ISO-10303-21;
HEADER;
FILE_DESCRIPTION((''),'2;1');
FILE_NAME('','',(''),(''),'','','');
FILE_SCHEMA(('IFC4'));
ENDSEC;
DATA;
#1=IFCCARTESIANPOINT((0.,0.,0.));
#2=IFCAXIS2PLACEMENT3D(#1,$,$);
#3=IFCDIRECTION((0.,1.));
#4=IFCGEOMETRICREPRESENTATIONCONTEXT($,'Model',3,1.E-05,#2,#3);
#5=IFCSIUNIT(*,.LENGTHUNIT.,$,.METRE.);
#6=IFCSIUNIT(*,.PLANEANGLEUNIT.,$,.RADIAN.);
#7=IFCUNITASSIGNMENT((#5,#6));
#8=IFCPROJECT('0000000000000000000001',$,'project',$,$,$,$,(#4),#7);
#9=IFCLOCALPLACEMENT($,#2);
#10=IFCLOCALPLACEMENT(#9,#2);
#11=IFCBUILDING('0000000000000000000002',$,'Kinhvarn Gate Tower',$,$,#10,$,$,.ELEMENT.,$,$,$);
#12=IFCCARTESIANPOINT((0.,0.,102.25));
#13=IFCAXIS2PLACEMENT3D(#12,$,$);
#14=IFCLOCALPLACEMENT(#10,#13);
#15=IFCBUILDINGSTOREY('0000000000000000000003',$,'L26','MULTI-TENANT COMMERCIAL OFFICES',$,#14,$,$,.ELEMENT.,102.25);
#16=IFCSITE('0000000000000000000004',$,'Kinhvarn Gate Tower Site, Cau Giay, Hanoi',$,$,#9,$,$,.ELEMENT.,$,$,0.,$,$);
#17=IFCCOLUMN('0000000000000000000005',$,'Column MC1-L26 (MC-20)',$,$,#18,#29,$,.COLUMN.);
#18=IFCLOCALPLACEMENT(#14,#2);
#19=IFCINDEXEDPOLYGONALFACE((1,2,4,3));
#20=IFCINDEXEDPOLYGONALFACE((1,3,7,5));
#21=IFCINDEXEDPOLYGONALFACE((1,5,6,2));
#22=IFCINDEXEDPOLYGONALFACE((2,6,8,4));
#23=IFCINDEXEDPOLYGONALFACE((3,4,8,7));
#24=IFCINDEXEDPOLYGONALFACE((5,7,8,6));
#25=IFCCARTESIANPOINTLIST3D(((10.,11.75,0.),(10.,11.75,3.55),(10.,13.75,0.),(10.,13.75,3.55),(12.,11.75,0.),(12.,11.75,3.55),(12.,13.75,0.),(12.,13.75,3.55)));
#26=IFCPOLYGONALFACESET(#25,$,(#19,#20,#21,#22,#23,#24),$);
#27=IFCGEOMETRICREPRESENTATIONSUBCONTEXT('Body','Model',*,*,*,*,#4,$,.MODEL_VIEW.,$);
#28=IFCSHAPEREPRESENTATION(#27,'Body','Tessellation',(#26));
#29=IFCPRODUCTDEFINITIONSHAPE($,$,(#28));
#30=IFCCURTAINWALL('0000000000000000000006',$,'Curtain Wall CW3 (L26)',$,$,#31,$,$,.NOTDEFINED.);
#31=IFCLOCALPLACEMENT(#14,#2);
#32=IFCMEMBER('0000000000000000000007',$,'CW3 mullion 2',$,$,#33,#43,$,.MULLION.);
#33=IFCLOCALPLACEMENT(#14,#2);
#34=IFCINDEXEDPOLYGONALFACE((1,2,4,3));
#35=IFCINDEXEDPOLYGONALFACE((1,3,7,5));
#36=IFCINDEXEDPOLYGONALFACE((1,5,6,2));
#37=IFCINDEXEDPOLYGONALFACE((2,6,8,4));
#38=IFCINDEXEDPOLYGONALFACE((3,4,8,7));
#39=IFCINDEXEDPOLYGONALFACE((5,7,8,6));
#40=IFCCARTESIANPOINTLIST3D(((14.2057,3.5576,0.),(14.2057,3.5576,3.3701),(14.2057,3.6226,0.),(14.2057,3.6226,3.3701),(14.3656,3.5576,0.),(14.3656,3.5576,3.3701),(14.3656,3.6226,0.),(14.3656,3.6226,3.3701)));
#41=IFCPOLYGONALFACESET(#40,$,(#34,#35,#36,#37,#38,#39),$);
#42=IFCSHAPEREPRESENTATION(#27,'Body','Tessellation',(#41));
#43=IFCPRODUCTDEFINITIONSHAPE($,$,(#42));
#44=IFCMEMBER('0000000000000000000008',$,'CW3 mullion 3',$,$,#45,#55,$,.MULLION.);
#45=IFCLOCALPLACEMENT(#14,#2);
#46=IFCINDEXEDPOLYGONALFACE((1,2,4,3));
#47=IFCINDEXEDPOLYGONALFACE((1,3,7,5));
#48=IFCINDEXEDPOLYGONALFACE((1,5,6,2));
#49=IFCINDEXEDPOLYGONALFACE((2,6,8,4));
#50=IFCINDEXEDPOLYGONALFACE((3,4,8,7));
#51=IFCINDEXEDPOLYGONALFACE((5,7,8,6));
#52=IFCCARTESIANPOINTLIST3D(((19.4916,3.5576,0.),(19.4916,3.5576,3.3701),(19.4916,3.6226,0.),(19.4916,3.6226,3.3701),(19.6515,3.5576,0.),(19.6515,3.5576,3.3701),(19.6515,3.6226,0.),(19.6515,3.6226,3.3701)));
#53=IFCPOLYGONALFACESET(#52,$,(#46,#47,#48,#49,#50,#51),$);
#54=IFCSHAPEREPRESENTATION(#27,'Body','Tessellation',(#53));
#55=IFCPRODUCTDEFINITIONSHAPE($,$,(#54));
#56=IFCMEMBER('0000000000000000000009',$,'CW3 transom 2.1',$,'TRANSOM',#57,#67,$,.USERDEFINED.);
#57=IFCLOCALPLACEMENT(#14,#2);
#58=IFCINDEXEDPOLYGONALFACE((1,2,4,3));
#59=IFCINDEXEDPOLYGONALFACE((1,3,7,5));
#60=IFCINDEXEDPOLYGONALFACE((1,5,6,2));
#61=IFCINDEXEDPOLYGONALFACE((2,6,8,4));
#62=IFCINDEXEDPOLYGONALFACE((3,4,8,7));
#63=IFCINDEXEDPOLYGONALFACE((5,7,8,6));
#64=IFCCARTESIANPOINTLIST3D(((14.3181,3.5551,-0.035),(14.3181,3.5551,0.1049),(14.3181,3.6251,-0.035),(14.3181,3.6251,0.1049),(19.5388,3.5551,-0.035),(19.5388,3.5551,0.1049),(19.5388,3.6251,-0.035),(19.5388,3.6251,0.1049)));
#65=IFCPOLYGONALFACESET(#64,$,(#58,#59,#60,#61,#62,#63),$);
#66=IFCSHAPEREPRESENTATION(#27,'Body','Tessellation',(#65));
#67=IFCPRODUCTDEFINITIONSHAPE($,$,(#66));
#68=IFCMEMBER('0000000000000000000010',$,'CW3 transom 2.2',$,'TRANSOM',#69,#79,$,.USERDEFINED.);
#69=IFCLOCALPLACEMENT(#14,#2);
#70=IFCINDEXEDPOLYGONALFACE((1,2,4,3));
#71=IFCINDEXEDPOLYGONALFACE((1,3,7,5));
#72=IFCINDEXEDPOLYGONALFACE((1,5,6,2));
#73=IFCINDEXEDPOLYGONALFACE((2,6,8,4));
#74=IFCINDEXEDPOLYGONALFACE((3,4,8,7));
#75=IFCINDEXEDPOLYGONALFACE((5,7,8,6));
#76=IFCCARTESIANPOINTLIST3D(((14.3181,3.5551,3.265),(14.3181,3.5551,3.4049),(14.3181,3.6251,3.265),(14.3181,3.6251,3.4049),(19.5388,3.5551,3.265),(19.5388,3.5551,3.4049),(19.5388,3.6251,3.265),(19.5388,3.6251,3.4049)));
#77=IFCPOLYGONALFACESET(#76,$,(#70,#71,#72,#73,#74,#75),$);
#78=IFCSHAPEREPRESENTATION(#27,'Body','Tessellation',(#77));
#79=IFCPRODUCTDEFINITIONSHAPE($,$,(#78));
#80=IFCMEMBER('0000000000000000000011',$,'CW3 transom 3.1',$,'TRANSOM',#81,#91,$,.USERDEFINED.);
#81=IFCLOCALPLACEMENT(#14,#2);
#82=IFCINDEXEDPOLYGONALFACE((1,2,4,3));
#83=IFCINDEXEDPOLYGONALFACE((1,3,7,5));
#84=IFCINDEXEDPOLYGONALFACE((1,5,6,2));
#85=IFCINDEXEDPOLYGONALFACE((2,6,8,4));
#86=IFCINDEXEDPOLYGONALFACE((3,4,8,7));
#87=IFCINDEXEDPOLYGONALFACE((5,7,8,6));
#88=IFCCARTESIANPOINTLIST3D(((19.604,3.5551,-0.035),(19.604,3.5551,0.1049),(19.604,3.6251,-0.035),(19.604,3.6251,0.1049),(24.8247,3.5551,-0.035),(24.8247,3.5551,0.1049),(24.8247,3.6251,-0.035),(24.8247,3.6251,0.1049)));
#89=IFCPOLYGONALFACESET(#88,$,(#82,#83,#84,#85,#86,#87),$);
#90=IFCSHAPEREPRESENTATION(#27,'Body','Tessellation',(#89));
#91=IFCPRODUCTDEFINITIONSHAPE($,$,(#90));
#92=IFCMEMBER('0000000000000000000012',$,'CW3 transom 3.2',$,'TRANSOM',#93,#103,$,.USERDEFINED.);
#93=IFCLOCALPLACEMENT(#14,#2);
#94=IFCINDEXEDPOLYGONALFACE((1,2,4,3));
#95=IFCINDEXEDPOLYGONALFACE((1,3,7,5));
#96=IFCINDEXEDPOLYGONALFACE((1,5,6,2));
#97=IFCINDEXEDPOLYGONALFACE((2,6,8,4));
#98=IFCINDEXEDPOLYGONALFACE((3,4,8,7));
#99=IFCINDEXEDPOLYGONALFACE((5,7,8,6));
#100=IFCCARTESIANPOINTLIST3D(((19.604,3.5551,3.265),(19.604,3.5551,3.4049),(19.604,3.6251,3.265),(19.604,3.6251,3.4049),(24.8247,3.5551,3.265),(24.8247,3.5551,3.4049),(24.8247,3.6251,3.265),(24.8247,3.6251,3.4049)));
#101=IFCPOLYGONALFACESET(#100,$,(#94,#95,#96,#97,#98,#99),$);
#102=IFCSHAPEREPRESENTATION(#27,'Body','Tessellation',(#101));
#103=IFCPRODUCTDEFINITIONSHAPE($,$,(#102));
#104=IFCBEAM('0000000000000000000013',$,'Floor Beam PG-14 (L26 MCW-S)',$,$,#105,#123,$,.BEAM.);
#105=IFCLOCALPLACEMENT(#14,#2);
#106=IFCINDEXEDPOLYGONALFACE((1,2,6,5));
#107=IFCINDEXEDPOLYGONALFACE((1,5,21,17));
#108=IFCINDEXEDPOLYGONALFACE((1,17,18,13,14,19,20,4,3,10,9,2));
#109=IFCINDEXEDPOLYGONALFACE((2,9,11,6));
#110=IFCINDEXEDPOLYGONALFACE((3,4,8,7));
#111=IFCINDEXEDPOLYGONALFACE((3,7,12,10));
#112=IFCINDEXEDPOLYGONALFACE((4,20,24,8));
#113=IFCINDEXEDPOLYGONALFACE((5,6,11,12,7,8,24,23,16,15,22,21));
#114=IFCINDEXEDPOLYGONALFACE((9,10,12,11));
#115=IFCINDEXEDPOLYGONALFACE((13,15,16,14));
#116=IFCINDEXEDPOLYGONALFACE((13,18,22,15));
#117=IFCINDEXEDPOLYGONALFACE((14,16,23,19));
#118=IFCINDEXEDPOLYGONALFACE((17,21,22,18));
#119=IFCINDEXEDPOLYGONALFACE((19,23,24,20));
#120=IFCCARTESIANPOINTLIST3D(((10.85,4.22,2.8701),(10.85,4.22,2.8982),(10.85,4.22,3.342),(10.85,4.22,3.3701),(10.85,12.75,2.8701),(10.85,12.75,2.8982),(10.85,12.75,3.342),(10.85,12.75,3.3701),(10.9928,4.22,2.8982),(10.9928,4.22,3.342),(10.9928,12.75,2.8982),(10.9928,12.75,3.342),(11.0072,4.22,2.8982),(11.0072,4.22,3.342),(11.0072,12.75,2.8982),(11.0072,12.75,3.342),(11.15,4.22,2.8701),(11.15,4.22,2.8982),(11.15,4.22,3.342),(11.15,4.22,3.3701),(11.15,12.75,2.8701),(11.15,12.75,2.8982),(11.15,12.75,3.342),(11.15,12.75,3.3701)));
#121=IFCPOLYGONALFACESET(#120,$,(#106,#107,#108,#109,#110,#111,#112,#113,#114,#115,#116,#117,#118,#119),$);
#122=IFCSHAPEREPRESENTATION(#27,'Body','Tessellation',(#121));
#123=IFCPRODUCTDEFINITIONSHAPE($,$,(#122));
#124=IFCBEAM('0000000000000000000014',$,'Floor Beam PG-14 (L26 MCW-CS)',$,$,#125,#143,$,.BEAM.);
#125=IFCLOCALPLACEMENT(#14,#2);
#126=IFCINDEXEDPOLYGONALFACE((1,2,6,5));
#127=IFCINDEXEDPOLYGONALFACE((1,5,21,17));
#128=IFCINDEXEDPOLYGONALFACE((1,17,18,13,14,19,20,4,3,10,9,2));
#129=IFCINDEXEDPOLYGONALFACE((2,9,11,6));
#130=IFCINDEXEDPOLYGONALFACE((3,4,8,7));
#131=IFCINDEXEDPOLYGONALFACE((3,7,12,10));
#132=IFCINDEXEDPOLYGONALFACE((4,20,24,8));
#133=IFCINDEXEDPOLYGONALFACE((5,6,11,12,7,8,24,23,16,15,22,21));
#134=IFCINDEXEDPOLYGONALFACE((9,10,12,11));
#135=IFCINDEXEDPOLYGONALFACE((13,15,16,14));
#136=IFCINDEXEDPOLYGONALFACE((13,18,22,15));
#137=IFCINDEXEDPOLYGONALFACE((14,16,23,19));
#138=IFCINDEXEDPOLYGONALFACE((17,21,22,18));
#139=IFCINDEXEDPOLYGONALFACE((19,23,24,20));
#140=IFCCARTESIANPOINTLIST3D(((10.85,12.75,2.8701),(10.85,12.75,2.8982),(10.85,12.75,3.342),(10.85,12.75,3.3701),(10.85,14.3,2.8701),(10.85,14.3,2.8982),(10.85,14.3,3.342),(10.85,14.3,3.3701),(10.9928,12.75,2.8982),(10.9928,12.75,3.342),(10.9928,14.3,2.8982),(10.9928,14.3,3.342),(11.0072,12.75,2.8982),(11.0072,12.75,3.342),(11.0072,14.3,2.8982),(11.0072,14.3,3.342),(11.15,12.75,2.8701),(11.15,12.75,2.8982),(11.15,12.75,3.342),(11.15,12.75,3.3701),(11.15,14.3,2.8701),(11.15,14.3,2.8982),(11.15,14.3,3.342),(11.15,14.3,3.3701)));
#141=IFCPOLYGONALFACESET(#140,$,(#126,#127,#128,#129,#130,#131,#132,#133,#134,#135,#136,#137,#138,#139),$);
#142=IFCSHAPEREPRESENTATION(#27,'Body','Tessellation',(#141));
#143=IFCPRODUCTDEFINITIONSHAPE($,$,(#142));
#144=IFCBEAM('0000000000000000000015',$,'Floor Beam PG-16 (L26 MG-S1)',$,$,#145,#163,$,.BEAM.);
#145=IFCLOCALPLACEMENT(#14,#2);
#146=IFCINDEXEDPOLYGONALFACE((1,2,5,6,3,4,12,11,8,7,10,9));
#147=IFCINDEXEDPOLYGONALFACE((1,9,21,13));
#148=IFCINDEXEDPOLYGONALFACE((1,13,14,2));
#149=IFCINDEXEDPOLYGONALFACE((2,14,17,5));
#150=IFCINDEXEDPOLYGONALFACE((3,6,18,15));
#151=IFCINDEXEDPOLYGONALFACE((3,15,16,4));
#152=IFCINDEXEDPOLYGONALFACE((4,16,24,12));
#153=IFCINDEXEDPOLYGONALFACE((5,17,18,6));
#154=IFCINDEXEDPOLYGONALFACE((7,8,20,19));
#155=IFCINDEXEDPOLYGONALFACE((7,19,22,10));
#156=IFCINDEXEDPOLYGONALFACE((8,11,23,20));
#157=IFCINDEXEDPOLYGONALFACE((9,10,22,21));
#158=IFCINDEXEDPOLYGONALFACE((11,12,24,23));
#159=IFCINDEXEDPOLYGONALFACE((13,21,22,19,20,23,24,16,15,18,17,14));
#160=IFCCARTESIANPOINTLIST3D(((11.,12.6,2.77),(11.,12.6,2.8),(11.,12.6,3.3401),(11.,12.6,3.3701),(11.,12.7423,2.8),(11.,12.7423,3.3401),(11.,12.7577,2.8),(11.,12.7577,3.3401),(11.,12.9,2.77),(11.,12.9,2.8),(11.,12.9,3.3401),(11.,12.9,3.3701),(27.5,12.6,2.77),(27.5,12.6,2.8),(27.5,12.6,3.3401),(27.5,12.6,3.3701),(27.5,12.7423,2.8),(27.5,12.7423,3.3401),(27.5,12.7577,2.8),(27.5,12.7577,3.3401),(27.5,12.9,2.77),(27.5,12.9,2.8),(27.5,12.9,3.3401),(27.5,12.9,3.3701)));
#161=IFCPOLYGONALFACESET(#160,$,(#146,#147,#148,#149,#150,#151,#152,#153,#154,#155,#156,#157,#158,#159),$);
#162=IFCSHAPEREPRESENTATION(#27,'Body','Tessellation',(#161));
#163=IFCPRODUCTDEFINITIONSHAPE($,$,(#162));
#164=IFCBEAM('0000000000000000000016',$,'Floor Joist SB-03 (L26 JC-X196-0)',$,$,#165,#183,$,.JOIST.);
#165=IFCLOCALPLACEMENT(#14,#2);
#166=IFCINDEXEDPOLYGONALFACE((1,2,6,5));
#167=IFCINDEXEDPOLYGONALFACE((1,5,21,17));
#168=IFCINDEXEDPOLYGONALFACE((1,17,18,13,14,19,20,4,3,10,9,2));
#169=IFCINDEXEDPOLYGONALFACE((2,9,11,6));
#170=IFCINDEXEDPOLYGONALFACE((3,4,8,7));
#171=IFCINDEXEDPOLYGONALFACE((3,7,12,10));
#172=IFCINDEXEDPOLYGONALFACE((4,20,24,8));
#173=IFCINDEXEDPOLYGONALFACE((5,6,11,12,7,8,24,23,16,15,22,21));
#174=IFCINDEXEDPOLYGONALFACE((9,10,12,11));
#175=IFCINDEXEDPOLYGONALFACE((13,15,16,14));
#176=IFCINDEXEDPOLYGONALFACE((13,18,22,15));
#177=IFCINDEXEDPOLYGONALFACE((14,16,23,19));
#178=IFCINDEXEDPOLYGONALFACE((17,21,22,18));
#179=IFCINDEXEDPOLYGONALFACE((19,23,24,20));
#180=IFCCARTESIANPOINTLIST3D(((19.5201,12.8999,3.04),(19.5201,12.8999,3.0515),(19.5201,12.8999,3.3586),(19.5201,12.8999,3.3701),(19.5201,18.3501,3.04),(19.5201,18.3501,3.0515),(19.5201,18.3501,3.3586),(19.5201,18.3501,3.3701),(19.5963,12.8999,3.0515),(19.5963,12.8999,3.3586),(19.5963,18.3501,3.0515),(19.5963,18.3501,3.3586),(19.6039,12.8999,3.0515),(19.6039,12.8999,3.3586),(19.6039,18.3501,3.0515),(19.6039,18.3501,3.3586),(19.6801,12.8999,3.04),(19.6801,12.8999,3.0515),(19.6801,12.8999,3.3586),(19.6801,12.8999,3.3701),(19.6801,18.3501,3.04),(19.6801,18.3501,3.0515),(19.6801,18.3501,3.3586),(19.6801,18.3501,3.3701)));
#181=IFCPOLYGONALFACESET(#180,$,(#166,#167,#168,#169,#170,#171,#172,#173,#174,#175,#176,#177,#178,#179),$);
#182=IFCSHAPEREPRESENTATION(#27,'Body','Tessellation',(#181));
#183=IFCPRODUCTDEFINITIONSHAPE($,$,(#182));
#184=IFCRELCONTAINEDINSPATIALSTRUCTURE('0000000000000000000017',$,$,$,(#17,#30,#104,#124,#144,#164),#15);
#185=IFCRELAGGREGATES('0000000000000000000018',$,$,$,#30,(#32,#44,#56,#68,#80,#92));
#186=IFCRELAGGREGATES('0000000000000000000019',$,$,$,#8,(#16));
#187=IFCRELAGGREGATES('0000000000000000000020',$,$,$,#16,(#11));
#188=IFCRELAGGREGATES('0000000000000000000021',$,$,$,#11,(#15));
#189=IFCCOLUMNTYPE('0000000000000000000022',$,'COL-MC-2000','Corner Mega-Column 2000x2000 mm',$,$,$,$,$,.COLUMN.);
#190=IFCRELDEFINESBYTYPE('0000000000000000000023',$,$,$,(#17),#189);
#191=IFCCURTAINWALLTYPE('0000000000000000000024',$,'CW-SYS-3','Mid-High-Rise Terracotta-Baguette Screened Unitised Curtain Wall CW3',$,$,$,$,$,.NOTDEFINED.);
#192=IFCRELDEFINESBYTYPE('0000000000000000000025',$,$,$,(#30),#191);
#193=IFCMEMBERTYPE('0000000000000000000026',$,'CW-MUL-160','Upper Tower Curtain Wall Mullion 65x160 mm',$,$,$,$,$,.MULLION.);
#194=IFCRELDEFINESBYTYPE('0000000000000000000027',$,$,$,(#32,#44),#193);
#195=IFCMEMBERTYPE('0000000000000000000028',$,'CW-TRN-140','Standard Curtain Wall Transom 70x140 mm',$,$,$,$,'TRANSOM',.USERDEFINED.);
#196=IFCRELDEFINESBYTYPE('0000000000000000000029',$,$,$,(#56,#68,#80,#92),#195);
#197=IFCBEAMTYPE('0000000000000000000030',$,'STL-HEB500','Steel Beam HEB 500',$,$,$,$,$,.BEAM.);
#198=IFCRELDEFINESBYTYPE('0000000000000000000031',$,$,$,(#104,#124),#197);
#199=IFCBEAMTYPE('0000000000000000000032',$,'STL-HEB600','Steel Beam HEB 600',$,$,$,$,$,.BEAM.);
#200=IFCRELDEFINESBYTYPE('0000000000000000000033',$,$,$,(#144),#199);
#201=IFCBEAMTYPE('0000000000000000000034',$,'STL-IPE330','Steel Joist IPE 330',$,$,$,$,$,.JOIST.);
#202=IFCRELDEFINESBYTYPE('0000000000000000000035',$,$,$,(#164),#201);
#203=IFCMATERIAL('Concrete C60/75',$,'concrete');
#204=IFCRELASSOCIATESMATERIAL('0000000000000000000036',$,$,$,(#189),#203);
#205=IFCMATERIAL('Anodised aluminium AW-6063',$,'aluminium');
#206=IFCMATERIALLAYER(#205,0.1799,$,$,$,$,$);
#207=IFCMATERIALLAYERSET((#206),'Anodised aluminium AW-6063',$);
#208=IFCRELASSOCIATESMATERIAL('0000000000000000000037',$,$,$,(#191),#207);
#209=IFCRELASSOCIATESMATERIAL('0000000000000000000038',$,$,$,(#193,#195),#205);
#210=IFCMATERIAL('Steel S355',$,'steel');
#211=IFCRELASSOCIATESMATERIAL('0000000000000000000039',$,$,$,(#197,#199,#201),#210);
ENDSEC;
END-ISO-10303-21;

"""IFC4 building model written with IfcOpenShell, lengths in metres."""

from ifc_helpers import new_model, si_unit, direction, frame, origin, origin_2d, place, context, subcontext, project, spatial, rectangle, i_section, extrude, material, layer, layer_set, material_profile, profile_set, type_object, element, aggregate, save


model = new_model("IFC4")

# Units and contexts
model_context = context("Model", 3, precision=1e-05, world=origin(), true_north=direction((0.0, 1.0)))
body_context = subcontext(model_context, "Body", "Model", "MODEL_VIEW")
ifc_project = project(units=[si_unit("LENGTHUNIT", "METRE"), si_unit("PLANEANGLEUNIT", "RADIAN")], contexts=[model_context])

# Site, building, storey
site_placement = place(None, origin())
site = spatial("IfcSite", under=ifc_project, at=site_placement, Name="Kinhvarn Gate Tower Site, Cau Giay, Hanoi", CompositionType="ELEMENT", RefElevation=0.0)
building_placement = place(site_placement, origin())
building = spatial("IfcBuilding", under=site, at=building_placement, Name="Kinhvarn Gate Tower", CompositionType="ELEMENT")
storey_placement = place(building_placement, frame((0.0, 0.0, 102.25)))
storey = spatial("IfcBuildingStorey", under=building, at=storey_placement, Name="L26", Description="MULTI-TENANT COMMERCIAL OFFICES", CompositionType="ELEMENT", Elevation=102.25)

# Column
ifc_material_1 = material(Name="Concrete C60/75", Category="concrete")
ifc_material_profile_1 = material_profile(ifc_material_1, rectangle(XDim=2.0, YDim=2.0, at=origin_2d()), Name="RC 2000x2000")
ifc_profile_set_1 = profile_set([ifc_material_profile_1], Name="Concrete C60/75")
column_type = type_object("IfcColumnType", Name="COL-MC-2000", Description="Corner Mega-Column 2000x2000 mm", PredefinedType="COLUMN", material=ifc_profile_set_1)
column_placement = place(storey_placement, frame((11.0, 12.75, 0.0), z_axis=(0.0, 0.0, 1.0), x_axis=(1.0, 0.0, 0.0)))
element("IfcColumn", 1, at=column_placement, inside=storey, type_object=column_type, Name="Column MC1-L26 (MC-20)", PredefinedType="COLUMN", context=body_context, shape_type="SweptSolid", body=[
    extrude(rectangle(XDim=2.0, YDim=2.0, at=origin_2d()), origin(), (0.0, 0.0, 1.0), 3.55),
])

# Curtain wall, members
ifc_material_2 = material(Name="Anodised aluminium AW-6063", Category="aluminium")
ifc_layer_1 = layer(ifc_material_2, 0.1799)
ifc_layer_set_1 = layer_set([ifc_layer_1], Name="Anodised aluminium AW-6063")
curtain_wall_type = type_object("IfcCurtainWallType", Name="CW-SYS-3", Description="Mid-High-Rise Terracotta-Baguette Screened Unitised Curtain Wall CW3", PredefinedType="NOTDEFINED", material=ifc_layer_set_1)
curtain_wall_placement = place(storey_placement, origin())
curtain_wall = element("IfcCurtainWall", 2, at=curtain_wall_placement, inside=storey, type_object=curtain_wall_type, Name="Curtain Wall CW3 (L26)", PredefinedType="NOTDEFINED")
ifc_material_profile_2 = material_profile(ifc_material_2, rectangle(XDim=0.0649, YDim=0.1599, at=origin_2d()), Name="ALU 65x160")
ifc_profile_set_2 = profile_set([ifc_material_profile_2], Name="Anodised aluminium AW-6063")
member_type_1 = type_object("IfcMemberType", Name="CW-MUL-160", Description="Upper Tower Curtain Wall Mullion 65x160 mm", PredefinedType="MULLION", material=ifc_profile_set_2)
member_1_placement = place(storey_placement, frame((14.2856, 3.5901, 0.0), z_axis=(0.0, 0.0, 1.0), x_axis=(0.0, 1.0, 0.0)))
member_1 = element("IfcMember", 3, at=member_1_placement, type_object=member_type_1, Name="CW3 mullion 2", PredefinedType="MULLION", context=body_context, shape_type="SweptSolid", body=[
    extrude(rectangle(XDim=0.0649, YDim=0.1599, at=origin_2d()), origin(), (0.0, 0.0, 1.0), 3.3701),
])
member_2_placement = place(storey_placement, frame((19.5715, 3.5901, 0.0), z_axis=(0.0, 0.0, 1.0), x_axis=(0.0, 1.0, 0.0)))
member_2 = element("IfcMember", 4, at=member_2_placement, type_object=member_type_1, Name="CW3 mullion 3", PredefinedType="MULLION", context=body_context, shape_type="SweptSolid", body=[
    extrude(rectangle(XDim=0.0649, YDim=0.1599, at=origin_2d()), origin(), (0.0, 0.0, 1.0), 3.3701),
])
ifc_material_profile_3 = material_profile(ifc_material_2, rectangle(XDim=0.0701, YDim=0.1399, at=origin_2d()), Name="ALU 70x140")
ifc_profile_set_3 = profile_set([ifc_material_profile_3], Name="Anodised aluminium AW-6063")
member_type_2 = type_object("IfcMemberType", Name="CW-TRN-140", Description="Standard Curtain Wall Transom 70x140 mm", ElementType="TRANSOM", PredefinedType="USERDEFINED", material=ifc_profile_set_3)
member_3_placement = place(storey_placement, frame((14.3181, 3.5901, 0.0349), z_axis=(1.0, 0.0, 0.0), x_axis=(0.0, 1.0, 0.0)))
member_3 = element("IfcMember", 5, at=member_3_placement, type_object=member_type_2, Name="CW3 transom 2.1", ObjectType="TRANSOM", PredefinedType="USERDEFINED", context=body_context, shape_type="SweptSolid", body=[
    extrude(rectangle(XDim=0.0701, YDim=0.1399, at=origin_2d()), origin(), (0.0, 0.0, 1.0), 5.2207),
])
member_4_placement = place(storey_placement, frame((14.3181, 3.5901, 3.335), z_axis=(1.0, 0.0, 0.0), x_axis=(0.0, 1.0, 0.0)))
member_4 = element("IfcMember", 6, at=member_4_placement, type_object=member_type_2, Name="CW3 transom 2.2", ObjectType="TRANSOM", PredefinedType="USERDEFINED", context=body_context, shape_type="SweptSolid", body=[
    extrude(rectangle(XDim=0.0701, YDim=0.1399, at=origin_2d()), origin(), (0.0, 0.0, 1.0), 5.2207),
])
member_5_placement = place(storey_placement, frame((19.604, 3.5901, 0.0349), z_axis=(1.0, 0.0, 0.0), x_axis=(0.0, 1.0, 0.0)))
member_5 = element("IfcMember", 7, at=member_5_placement, type_object=member_type_2, Name="CW3 transom 3.1", ObjectType="TRANSOM", PredefinedType="USERDEFINED", context=body_context, shape_type="SweptSolid", body=[
    extrude(rectangle(XDim=0.0701, YDim=0.1399, at=origin_2d()), origin(), (0.0, 0.0, 1.0), 5.2207),
])
member_6_placement = place(storey_placement, frame((19.604, 3.5901, 3.335), z_axis=(1.0, 0.0, 0.0), x_axis=(0.0, 1.0, 0.0)))
member_6 = element("IfcMember", 8, at=member_6_placement, type_object=member_type_2, Name="CW3 transom 3.2", ObjectType="TRANSOM", PredefinedType="USERDEFINED", context=body_context, shape_type="SweptSolid", body=[
    extrude(rectangle(XDim=0.0701, YDim=0.1399, at=origin_2d()), origin(), (0.0, 0.0, 1.0), 5.2207),
])

# Beams
ifc_material_3 = material(Name="Steel S355", Category="steel")
ifc_material_profile_4 = material_profile(ifc_material_3, i_section(OverallWidth=0.3, OverallDepth=0.5, WebThickness=0.0144, FlangeThickness=0.0281, at=origin_2d()), Name="HEB 500")
ifc_profile_set_4 = profile_set([ifc_material_profile_4], Name="Steel S355")
beam_type_1 = type_object("IfcBeamType", Name="STL-HEB500", Description="Steel Beam HEB 500", PredefinedType="BEAM", material=ifc_profile_set_4)
beam_1_placement = place(storey_placement, frame((11.0, 4.22, 3.1201), z_axis=(0.0, 1.0, 0.0), x_axis=(-1.0, 0.0, 0.0)))
element("IfcBeam", 9, at=beam_1_placement, inside=storey, type_object=beam_type_1, Name="Floor Beam PG-14 (L26 MCW-S)", PredefinedType="BEAM", context=body_context, shape_type="SweptSolid", body=[
    extrude(i_section(OverallWidth=0.3, OverallDepth=0.5, WebThickness=0.0144, FlangeThickness=0.0281, at=origin_2d()), origin(), (0.0, 0.0, 1.0), 8.53),
])
beam_2_placement = place(storey_placement, frame((11.0, 12.75, 3.1201), z_axis=(0.0, 1.0, 0.0), x_axis=(-1.0, 0.0, 0.0)))
element("IfcBeam", 10, at=beam_2_placement, inside=storey, type_object=beam_type_1, Name="Floor Beam PG-14 (L26 MCW-CS)", PredefinedType="BEAM", context=body_context, shape_type="SweptSolid", body=[
    extrude(i_section(OverallWidth=0.3, OverallDepth=0.5, WebThickness=0.0144, FlangeThickness=0.0281, at=origin_2d()), origin(), (0.0, 0.0, 1.0), 1.55),
])
ifc_material_profile_5 = material_profile(ifc_material_3, i_section(OverallWidth=0.3, OverallDepth=0.6001, WebThickness=0.0154, FlangeThickness=0.03, at=origin_2d()), Name="HEB 600")
ifc_profile_set_5 = profile_set([ifc_material_profile_5], Name="Steel S355")
beam_type_2 = type_object("IfcBeamType", Name="STL-HEB600", Description="Steel Beam HEB 600", PredefinedType="BEAM", material=ifc_profile_set_5)
beam_3_placement = place(storey_placement, frame((11.0, 12.75, 3.0701), z_axis=(1.0, 0.0, 0.0), x_axis=(0.0, 1.0, 0.0)))
element("IfcBeam", 11, at=beam_3_placement, inside=storey, type_object=beam_type_2, Name="Floor Beam PG-16 (L26 MG-S1)", PredefinedType="BEAM", context=body_context, shape_type="SweptSolid", body=[
    extrude(i_section(OverallWidth=0.3, OverallDepth=0.6001, WebThickness=0.0154, FlangeThickness=0.03, at=origin_2d()), origin(), (0.0, 0.0, 1.0), 16.5),
])
ifc_material_profile_6 = material_profile(ifc_material_3, i_section(OverallWidth=0.1599, OverallDepth=0.3301, WebThickness=0.0076, FlangeThickness=0.0115, at=origin_2d()), Name="IPE 330")
ifc_profile_set_6 = profile_set([ifc_material_profile_6], Name="Steel S355")
beam_type_3 = type_object("IfcBeamType", Name="STL-IPE330", Description="Steel Joist IPE 330", PredefinedType="JOIST", material=ifc_profile_set_6)
for number, where, z_axis, x_axis, name in (
    (12, (19.6001, 12.8999, 3.2051), (0.0, 1.0, 0.0), (-1.0, 0.0, 0.0), "Floor Joist SB-03 (L26 JC-X196-0)"),
):
    element("IfcBeam", number, at=place(storey_placement, frame(where, z_axis=z_axis, x_axis=x_axis)), inside=storey, type_object=beam_type_3, Name=name, PredefinedType="JOIST", context=body_context, shape_type="SweptSolid", body=[
        extrude(i_section(OverallWidth=0.1599, OverallDepth=0.3301, WebThickness=0.0076, FlangeThickness=0.0115, at=origin_2d()), origin(), (0.0, 0.0, 1.0), 5.4502),
    ])

aggregate(curtain_wall, [member_1, member_2, member_3, member_4, member_5, member_6])

save(model, "model.ifc")
